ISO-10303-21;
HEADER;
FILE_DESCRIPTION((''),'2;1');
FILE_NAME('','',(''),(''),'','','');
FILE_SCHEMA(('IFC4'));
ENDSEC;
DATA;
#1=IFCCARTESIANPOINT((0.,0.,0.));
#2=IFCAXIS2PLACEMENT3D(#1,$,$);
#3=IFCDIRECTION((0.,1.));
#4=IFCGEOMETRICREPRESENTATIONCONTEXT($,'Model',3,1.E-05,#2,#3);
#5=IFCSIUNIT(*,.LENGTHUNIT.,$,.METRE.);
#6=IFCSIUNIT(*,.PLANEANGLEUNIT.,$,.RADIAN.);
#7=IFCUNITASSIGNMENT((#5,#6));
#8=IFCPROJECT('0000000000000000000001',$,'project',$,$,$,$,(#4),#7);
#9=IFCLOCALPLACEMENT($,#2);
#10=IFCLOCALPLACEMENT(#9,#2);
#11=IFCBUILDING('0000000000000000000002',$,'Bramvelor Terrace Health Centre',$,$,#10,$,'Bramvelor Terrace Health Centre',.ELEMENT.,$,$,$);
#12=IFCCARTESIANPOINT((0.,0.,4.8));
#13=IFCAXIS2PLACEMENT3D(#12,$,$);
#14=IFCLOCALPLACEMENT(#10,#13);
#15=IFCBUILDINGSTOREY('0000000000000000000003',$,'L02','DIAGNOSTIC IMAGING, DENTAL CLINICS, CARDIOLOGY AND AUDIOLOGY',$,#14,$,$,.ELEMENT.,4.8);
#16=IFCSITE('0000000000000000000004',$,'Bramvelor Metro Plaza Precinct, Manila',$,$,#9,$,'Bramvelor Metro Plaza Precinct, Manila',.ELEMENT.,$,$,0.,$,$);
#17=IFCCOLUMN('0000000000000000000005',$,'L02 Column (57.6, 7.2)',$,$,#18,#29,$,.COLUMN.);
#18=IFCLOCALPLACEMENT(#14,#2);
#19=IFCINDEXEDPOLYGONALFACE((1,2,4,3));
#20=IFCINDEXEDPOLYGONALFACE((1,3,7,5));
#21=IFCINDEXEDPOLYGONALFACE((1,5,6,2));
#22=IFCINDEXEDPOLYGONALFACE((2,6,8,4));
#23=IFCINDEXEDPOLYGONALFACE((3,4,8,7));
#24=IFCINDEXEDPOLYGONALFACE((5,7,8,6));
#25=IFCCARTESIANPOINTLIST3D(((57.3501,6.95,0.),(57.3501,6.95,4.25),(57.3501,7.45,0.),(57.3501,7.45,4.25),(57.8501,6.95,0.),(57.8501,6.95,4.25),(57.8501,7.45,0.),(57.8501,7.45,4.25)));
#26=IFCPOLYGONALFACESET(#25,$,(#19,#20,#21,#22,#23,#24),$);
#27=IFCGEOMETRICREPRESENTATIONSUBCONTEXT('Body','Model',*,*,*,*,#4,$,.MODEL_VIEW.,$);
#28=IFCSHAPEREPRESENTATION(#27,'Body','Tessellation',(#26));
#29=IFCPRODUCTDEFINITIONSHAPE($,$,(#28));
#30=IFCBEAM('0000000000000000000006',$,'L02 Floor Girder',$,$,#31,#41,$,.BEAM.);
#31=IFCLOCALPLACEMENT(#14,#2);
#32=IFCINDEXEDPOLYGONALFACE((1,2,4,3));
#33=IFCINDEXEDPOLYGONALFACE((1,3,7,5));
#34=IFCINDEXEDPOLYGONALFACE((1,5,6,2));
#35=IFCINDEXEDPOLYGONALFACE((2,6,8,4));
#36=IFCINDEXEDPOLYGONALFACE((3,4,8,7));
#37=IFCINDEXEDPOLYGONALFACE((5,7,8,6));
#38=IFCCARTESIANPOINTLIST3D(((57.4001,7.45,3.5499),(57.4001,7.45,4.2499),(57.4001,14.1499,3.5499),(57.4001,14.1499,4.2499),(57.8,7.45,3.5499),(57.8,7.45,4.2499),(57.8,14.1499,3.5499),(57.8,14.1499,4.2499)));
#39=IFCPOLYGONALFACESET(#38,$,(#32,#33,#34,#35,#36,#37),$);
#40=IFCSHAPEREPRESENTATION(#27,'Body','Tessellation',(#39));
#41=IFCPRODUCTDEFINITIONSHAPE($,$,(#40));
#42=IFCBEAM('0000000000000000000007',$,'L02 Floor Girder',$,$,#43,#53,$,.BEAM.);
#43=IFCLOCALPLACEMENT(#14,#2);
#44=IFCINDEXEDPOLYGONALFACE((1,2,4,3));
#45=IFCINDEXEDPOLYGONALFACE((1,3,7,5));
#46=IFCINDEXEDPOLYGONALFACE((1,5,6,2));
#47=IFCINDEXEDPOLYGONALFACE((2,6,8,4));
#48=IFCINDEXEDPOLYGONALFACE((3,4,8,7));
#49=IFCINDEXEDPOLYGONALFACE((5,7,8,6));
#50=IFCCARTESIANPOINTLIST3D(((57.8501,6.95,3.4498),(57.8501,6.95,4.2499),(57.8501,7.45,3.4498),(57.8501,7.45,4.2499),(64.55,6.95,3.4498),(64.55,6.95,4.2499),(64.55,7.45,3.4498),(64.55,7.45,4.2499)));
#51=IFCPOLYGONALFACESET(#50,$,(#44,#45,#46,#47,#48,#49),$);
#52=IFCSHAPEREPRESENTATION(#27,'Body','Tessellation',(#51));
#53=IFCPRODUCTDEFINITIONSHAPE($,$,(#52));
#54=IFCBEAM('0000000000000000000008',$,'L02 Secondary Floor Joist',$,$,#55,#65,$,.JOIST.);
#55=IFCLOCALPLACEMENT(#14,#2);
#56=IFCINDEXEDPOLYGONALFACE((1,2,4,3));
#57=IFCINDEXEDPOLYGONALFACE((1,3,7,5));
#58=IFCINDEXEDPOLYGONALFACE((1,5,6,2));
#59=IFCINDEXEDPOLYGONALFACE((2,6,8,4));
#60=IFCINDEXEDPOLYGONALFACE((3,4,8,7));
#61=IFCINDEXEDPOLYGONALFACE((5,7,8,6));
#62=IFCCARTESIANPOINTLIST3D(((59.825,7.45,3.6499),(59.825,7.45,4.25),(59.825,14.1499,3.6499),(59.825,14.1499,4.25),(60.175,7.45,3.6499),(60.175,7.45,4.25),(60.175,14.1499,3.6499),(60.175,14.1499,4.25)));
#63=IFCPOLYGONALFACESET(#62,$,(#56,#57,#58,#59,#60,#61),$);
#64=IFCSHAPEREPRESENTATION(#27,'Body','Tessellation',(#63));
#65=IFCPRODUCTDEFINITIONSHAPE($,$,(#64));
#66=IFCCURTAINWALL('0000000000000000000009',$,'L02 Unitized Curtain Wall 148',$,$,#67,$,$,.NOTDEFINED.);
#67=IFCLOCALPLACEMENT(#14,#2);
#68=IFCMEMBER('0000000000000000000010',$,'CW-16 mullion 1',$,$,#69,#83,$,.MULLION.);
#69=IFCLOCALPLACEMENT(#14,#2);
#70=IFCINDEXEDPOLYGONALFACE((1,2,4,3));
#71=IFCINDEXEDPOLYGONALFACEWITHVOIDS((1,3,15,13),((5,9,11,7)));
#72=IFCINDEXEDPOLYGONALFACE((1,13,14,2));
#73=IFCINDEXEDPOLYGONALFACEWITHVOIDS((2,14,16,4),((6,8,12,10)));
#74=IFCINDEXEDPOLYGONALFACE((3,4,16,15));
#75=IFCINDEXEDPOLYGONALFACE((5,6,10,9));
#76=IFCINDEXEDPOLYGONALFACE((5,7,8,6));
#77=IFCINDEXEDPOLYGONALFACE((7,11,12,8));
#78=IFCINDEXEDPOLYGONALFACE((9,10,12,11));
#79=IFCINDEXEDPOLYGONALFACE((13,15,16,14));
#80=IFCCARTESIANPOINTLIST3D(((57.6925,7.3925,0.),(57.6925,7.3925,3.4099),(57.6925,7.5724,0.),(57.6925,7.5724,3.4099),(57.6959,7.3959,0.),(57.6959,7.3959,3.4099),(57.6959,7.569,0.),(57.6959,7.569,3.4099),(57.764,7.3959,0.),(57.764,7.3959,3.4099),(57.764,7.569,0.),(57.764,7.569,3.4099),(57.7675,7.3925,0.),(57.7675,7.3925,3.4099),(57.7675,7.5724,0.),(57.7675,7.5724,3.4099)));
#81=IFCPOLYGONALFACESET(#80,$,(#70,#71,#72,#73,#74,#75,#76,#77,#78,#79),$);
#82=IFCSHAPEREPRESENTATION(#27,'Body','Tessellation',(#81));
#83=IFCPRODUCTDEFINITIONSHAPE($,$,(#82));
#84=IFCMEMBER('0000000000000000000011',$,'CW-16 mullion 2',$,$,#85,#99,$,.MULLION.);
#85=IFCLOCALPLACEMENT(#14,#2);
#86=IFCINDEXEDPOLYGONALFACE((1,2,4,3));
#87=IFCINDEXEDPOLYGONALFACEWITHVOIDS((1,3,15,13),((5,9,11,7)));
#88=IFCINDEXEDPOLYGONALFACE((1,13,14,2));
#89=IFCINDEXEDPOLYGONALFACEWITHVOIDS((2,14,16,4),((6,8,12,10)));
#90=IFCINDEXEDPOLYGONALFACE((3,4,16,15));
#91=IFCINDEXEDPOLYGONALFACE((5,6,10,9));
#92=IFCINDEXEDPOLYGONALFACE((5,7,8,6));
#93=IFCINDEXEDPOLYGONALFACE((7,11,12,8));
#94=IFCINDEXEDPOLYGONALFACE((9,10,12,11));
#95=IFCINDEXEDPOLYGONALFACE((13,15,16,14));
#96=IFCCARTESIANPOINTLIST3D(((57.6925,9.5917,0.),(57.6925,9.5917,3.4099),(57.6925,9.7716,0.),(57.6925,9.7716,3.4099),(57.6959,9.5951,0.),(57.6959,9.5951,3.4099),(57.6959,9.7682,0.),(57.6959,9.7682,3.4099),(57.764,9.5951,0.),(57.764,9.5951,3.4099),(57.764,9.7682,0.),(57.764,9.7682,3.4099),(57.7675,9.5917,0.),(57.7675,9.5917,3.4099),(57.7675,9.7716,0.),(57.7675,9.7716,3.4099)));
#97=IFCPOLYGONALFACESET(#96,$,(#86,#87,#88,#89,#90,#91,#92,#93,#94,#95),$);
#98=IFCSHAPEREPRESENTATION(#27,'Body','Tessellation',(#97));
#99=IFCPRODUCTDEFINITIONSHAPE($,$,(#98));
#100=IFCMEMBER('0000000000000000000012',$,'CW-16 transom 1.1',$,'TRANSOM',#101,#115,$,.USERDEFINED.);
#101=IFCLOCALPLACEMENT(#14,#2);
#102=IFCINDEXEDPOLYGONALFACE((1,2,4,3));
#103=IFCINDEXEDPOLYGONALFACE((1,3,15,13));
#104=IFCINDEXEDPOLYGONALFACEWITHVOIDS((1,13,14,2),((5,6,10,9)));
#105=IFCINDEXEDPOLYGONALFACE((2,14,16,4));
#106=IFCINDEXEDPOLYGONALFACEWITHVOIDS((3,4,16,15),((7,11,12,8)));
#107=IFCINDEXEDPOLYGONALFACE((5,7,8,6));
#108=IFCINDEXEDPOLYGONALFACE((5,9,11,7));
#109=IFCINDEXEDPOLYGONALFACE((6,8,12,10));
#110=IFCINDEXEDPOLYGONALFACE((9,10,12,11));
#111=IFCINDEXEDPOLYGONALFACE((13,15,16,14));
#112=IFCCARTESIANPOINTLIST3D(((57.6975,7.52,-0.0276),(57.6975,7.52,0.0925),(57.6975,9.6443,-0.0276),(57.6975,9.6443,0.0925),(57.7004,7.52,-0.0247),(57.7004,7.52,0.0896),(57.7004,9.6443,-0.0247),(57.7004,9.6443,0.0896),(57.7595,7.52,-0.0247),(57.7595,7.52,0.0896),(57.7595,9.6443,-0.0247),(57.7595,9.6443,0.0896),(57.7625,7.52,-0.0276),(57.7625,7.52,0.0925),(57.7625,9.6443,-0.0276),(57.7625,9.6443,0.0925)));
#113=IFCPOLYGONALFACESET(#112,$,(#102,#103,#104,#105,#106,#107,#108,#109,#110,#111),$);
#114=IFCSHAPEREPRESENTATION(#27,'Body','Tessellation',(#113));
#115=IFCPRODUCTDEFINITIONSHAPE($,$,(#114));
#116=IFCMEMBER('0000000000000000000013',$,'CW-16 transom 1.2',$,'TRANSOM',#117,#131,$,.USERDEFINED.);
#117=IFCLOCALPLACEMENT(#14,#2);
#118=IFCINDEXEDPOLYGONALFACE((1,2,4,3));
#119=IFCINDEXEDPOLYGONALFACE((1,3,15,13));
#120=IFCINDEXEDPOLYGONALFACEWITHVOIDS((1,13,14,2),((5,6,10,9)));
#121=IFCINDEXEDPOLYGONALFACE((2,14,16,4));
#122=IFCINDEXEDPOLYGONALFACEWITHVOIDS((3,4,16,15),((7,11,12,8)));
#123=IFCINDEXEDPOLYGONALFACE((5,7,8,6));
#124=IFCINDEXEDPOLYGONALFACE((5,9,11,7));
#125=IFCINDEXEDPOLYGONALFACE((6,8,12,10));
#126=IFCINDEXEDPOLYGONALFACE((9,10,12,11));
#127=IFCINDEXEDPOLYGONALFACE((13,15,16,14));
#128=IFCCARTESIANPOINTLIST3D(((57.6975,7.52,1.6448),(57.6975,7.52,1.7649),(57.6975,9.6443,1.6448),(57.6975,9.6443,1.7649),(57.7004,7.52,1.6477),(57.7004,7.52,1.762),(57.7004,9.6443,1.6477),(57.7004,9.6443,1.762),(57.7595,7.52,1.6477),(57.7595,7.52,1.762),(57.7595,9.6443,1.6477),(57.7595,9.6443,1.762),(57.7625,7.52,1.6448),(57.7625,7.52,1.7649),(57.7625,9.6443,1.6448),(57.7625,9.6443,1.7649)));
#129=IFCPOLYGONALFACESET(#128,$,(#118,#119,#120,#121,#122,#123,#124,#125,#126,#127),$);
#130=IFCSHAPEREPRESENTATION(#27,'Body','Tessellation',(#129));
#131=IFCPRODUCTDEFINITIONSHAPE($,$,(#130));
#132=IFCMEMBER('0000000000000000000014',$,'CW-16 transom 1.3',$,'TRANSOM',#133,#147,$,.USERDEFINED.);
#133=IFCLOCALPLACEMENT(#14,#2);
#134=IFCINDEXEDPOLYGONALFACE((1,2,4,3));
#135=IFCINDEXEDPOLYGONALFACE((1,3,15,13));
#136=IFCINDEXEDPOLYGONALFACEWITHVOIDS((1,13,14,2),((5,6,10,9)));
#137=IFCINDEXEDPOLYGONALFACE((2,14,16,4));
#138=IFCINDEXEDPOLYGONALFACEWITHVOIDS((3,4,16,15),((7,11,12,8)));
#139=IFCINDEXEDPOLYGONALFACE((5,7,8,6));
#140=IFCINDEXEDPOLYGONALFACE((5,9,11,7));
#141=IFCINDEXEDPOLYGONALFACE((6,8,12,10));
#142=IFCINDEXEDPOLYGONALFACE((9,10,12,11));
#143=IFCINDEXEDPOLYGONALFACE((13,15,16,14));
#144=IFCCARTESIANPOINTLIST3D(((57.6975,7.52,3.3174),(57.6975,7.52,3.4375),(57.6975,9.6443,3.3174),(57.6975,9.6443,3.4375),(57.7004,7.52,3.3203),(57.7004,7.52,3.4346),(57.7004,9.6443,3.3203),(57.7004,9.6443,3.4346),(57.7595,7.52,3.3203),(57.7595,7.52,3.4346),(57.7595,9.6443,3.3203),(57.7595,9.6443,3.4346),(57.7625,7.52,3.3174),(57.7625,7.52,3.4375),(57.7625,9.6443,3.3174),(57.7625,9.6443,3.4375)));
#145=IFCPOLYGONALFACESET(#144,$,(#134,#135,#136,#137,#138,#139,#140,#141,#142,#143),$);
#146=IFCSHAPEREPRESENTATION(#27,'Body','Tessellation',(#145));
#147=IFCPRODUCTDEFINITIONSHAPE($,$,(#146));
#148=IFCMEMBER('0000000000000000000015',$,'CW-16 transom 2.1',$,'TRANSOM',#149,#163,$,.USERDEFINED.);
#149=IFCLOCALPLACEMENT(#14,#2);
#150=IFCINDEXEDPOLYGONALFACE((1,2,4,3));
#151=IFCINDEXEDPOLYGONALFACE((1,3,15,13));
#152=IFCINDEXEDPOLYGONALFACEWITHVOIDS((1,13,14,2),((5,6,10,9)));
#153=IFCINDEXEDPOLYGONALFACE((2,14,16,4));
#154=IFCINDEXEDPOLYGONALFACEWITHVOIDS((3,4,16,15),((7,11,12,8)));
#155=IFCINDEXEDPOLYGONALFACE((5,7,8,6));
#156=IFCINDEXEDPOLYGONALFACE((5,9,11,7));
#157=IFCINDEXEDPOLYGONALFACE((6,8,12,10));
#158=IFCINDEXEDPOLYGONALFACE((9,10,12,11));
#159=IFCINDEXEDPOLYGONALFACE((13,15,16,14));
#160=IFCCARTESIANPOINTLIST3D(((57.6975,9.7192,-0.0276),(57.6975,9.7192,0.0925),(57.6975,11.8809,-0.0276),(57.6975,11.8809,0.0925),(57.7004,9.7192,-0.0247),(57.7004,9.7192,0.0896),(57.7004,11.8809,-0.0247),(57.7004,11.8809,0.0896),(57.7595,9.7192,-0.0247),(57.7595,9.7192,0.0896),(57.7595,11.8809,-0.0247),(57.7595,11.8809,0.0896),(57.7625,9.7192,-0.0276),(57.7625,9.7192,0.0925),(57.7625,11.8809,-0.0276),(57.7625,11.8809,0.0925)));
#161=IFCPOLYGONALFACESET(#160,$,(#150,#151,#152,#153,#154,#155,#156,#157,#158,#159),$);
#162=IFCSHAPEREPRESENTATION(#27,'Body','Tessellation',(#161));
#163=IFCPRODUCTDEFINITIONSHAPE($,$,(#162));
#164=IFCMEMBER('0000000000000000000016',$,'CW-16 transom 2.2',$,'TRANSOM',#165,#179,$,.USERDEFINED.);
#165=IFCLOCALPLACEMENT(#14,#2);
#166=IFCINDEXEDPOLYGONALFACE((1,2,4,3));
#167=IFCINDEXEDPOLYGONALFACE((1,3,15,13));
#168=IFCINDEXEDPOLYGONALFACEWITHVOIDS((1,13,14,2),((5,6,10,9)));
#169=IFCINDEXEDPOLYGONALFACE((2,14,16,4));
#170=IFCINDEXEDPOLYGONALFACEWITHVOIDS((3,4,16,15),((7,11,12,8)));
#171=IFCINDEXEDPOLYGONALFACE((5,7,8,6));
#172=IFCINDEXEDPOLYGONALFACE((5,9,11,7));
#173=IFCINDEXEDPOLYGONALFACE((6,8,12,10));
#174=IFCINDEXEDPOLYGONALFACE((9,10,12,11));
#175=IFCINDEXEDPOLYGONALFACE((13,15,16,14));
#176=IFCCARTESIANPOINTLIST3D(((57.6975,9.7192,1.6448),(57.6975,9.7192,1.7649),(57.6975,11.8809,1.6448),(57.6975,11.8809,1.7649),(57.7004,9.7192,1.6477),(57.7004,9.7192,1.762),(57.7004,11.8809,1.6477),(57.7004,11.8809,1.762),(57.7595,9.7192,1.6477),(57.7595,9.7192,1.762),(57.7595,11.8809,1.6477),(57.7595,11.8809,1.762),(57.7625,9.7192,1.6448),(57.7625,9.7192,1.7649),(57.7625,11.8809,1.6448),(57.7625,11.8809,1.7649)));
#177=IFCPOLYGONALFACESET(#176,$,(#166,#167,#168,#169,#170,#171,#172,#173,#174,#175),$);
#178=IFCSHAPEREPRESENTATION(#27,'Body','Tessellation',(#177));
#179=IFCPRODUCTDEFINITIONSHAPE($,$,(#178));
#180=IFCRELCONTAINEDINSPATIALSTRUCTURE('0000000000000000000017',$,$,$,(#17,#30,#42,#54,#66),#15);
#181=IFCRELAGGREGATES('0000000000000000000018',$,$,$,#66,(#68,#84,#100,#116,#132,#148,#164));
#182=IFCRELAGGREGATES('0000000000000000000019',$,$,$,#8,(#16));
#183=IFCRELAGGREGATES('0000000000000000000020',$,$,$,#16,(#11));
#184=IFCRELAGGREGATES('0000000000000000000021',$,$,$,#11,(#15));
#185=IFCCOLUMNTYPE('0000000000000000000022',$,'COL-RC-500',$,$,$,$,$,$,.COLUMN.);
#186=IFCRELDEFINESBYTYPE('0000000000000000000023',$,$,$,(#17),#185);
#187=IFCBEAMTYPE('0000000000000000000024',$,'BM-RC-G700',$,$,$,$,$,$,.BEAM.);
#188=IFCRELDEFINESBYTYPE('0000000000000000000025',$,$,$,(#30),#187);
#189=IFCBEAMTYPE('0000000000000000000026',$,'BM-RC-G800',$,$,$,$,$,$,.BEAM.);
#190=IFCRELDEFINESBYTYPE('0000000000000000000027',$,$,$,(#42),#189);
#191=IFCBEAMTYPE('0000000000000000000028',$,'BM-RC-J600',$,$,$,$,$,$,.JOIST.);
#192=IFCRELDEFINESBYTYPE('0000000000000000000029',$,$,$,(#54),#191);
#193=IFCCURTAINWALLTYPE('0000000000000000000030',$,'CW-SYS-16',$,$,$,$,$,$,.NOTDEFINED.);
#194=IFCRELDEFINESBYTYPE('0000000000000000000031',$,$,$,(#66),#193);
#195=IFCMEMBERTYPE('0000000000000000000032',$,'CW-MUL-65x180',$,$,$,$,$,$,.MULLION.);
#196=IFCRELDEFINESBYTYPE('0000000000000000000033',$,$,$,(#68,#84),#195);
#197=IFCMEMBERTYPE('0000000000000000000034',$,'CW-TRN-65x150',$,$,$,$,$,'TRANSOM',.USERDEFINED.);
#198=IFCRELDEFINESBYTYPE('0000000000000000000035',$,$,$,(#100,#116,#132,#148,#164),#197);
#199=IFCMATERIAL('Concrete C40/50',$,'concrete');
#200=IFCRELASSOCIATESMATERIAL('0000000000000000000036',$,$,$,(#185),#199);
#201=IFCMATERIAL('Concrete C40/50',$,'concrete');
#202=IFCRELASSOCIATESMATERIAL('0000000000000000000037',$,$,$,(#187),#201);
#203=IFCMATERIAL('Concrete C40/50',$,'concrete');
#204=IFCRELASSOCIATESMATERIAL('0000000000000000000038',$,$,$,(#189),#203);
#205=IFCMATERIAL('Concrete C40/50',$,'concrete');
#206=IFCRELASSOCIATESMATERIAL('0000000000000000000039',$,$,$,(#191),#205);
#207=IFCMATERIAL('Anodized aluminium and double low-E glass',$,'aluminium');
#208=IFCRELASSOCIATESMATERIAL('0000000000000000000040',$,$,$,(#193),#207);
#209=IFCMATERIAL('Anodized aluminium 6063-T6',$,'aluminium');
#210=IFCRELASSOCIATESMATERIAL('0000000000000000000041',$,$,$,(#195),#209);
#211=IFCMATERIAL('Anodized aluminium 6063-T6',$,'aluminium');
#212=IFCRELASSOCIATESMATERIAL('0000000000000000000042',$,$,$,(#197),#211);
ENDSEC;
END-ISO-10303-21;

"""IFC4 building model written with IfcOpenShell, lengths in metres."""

from ifc_helpers import new_model, si_unit, direction, frame, origin, origin_2d, place, context, subcontext, project, spatial, rectangle, hollow_rectangle, extrude, material, material_profile, profile_set, type_object, element, aggregate, save


model = new_model("IFC4")

# Units and contexts
model_context = context("Model", 3, precision=1e-05, world=origin(), true_north=direction((0.0, 1.0)))
body_context = subcontext(model_context, "Body", "Model", "MODEL_VIEW")
ifc_project = project(units=[si_unit("LENGTHUNIT", "METRE"), si_unit("PLANEANGLEUNIT", "RADIAN")], contexts=[model_context])

# Site, building, storey
site_placement = place(None, origin())
site = spatial("IfcSite", under=ifc_project, at=site_placement, Name="Bramvelor Metro Plaza Precinct, Manila", LongName="Bramvelor Metro Plaza Precinct, Manila", CompositionType="ELEMENT", RefElevation=0.0)
building_placement = place(site_placement, origin())
building = spatial("IfcBuilding", under=site, at=building_placement, Name="Bramvelor Terrace Health Centre", LongName="Bramvelor Terrace Health Centre", CompositionType="ELEMENT")
storey_placement = place(building_placement, frame((0.0, 0.0, 4.8)))
storey = spatial("IfcBuildingStorey", under=building, at=storey_placement, Name="L02", Description="DIAGNOSTIC IMAGING, DENTAL CLINICS, CARDIOLOGY AND AUDIOLOGY", CompositionType="ELEMENT", Elevation=4.8)

# Column
ifc_material_1 = material(Name="Concrete C40/50", Category="concrete")
ifc_material_profile_1 = material_profile(ifc_material_1, rectangle(XDim=0.5, YDim=0.5, at=origin_2d()), Name="RC 500x500")
ifc_profile_set_1 = profile_set([ifc_material_profile_1], Name="Concrete C40/50")
column_type = type_object("IfcColumnType", Name="COL-RC-500", PredefinedType="COLUMN", material=ifc_profile_set_1)
column_placement = place(storey_placement, frame((57.6001, 7.2, 0.0), z_axis=(0.0, 0.0, 1.0), x_axis=(1.0, 0.0, 0.0)))
element("IfcColumn", 1, at=column_placement, inside=storey, type_object=column_type, Name="L02 Column (57.6, 7.2)", PredefinedType="COLUMN", context=body_context, shape_type="SweptSolid", body=[
    extrude(rectangle(XDim=0.5, YDim=0.5, at=origin_2d()), origin(), (0.0, 0.0, 1.0), 4.25),
])

# Beams
ifc_material_2 = material(Name="Concrete C40/50", Category="concrete")
ifc_material_profile_2 = material_profile(ifc_material_2, rectangle(XDim=0.3999, YDim=0.7, at=origin_2d()), Name="RC 400x700")
ifc_profile_set_2 = profile_set([ifc_material_profile_2], Name="Concrete C40/50")
beam_type_1 = type_object("IfcBeamType", Name="BM-RC-G700", PredefinedType="BEAM", material=ifc_profile_set_2)
beam_1_placement = place(storey_placement, frame((57.6001, 7.45, 3.8999), z_axis=(0.0, 1.0, 0.0), x_axis=(-1.0, 0.0, 0.0)))
element("IfcBeam", 2, at=beam_1_placement, inside=storey, type_object=beam_type_1, Name="L02 Floor Girder", PredefinedType="BEAM", context=body_context, shape_type="SweptSolid", body=[
    extrude(rectangle(XDim=0.3999, YDim=0.7, at=origin_2d()), origin(), (0.0, 0.0, 1.0), 6.7),
])
ifc_material_3 = material(Name="Concrete C40/50", Category="concrete")
ifc_material_profile_3 = material_profile(ifc_material_3, rectangle(XDim=0.5, YDim=0.8, at=origin_2d()), Name="RC 500x800")
ifc_profile_set_3 = profile_set([ifc_material_profile_3], Name="Concrete C40/50")
beam_type_2 = type_object("IfcBeamType", Name="BM-RC-G800", PredefinedType="BEAM", material=ifc_profile_set_3)
beam_2_placement = place(storey_placement, frame((57.8501, 7.2, 3.8499), z_axis=(1.0, 0.0, 0.0), x_axis=(0.0, 1.0, 0.0)))
element("IfcBeam", 3, at=beam_2_placement, inside=storey, type_object=beam_type_2, Name="L02 Floor Girder", PredefinedType="BEAM", context=body_context, shape_type="SweptSolid", body=[
    extrude(rectangle(XDim=0.5, YDim=0.8, at=origin_2d()), origin(), (0.0, 0.0, 1.0), 6.7),
])
ifc_material_4 = material(Name="Concrete C40/50", Category="concrete")
ifc_material_profile_4 = material_profile(ifc_material_4, rectangle(XDim=0.3501, YDim=0.6001, at=origin_2d()), Name="RC 350x600")
ifc_profile_set_4 = profile_set([ifc_material_profile_4], Name="Concrete C40/50")
beam_type_3 = type_object("IfcBeamType", Name="BM-RC-J600", PredefinedType="JOIST", material=ifc_profile_set_4)
beam_3_placement = place(storey_placement, frame((60.0, 7.45, 3.95), z_axis=(0.0, 1.0, 0.0), x_axis=(-1.0, 0.0, 0.0)))
element("IfcBeam", 4, at=beam_3_placement, inside=storey, type_object=beam_type_3, Name="L02 Secondary Floor Joist", PredefinedType="JOIST", context=body_context, shape_type="SweptSolid", body=[
    extrude(rectangle(XDim=0.3501, YDim=0.6001, at=origin_2d()), origin(), (0.0, 0.0, 1.0), 6.7),
])

# Curtain wall, members
ifc_material_5 = material(Name="Anodized aluminium and double low-E glass", Category="aluminium")
curtain_wall_type = type_object("IfcCurtainWallType", Name="CW-SYS-16", PredefinedType="NOTDEFINED", material=ifc_material_5)
curtain_wall_placement = place(storey_placement, origin())
curtain_wall = element("IfcCurtainWall", 5, at=curtain_wall_placement, inside=storey, type_object=curtain_wall_type, Name="L02 Unitized Curtain Wall 148", PredefinedType="NOTDEFINED")
ifc_material_6 = material(Name="Anodized aluminium 6063-T6", Category="aluminium")
ifc_material_profile_5 = material_profile(ifc_material_6, hollow_rectangle(XDim=0.075, YDim=0.1799, WallThickness=0.0034, at=origin_2d()), Name="ALU-MUL 75x180x3.5")
ifc_profile_set_5 = profile_set([ifc_material_profile_5], Name="Anodized aluminium 6063-T6")
member_type_1 = type_object("IfcMemberType", Name="CW-MUL-65x180", PredefinedType="MULLION", material=ifc_profile_set_5)
member_1_placement = place(storey_placement, frame((57.73, 7.4824, 0.0), z_axis=(0.0, 0.0, 1.0), x_axis=(-1.0, 0.0, 0.0)))
member_1 = element("IfcMember", 6, at=member_1_placement, type_object=member_type_1, Name="CW-16 mullion 1", PredefinedType="MULLION", context=body_context, shape_type="SweptSolid", body=[
    extrude(hollow_rectangle(XDim=0.075, YDim=0.1799, WallThickness=0.0034, at=origin_2d()), origin(), (0.0, 0.0, 1.0), 3.4099),
])
member_2_placement = place(storey_placement, frame((57.73, 9.6816, 0.0), z_axis=(0.0, 0.0, 1.0), x_axis=(-1.0, 0.0, 0.0)))
member_2 = element("IfcMember", 7, at=member_2_placement, type_object=member_type_1, Name="CW-16 mullion 2", PredefinedType="MULLION", context=body_context, shape_type="SweptSolid", body=[
    extrude(hollow_rectangle(XDim=0.075, YDim=0.1799, WallThickness=0.0034, at=origin_2d()), origin(), (0.0, 0.0, 1.0), 3.4099),
])
ifc_material_7 = material(Name="Anodized aluminium 6063-T6", Category="aluminium")
ifc_material_profile_6 = material_profile(ifc_material_7, hollow_rectangle(XDim=0.0649, YDim=0.1201, WallThickness=0.0029, at=origin_2d()), Name="ALU-TRN 65x120x3.0")
ifc_profile_set_6 = profile_set([ifc_material_profile_6], Name="Anodized aluminium 6063-T6")
member_type_2 = type_object("IfcMemberType", Name="CW-TRN-65x150", ElementType="TRANSOM", PredefinedType="USERDEFINED", material=ifc_profile_set_6)
member_3_placement = place(storey_placement, frame((57.73, 7.52, 0.0325), z_axis=(0.0, 1.0, 0.0), x_axis=(-1.0, 0.0, 0.0)))
member_3 = element("IfcMember", 8, at=member_3_placement, type_object=member_type_2, Name="CW-16 transom 1.1", ObjectType="TRANSOM", PredefinedType="USERDEFINED", context=body_context, shape_type="SweptSolid", body=[
    extrude(hollow_rectangle(XDim=0.0649, YDim=0.1201, WallThickness=0.0029, at=origin_2d()), origin(), (0.0, 0.0, 1.0), 2.1243),
])
member_4_placement = place(storey_placement, frame((57.73, 7.52, 1.7048), z_axis=(0.0, 1.0, 0.0), x_axis=(-1.0, 0.0, 0.0)))
member_4 = element("IfcMember", 9, at=member_4_placement, type_object=member_type_2, Name="CW-16 transom 1.2", ObjectType="TRANSOM", PredefinedType="USERDEFINED", context=body_context, shape_type="SweptSolid", body=[
    extrude(hollow_rectangle(XDim=0.0649, YDim=0.1201, WallThickness=0.0029, at=origin_2d()), origin(), (0.0, 0.0, 1.0), 2.1243),
])
member_5_placement = place(storey_placement, frame((57.73, 7.52, 3.3774), z_axis=(0.0, 1.0, 0.0), x_axis=(-1.0, 0.0, 0.0)))
member_5 = element("IfcMember", 10, at=member_5_placement, type_object=member_type_2, Name="CW-16 transom 1.3", ObjectType="TRANSOM", PredefinedType="USERDEFINED", context=body_context, shape_type="SweptSolid", body=[
    extrude(hollow_rectangle(XDim=0.0649, YDim=0.1201, WallThickness=0.0029, at=origin_2d()), origin(), (0.0, 0.0, 1.0), 2.1243),
])
member_6_placement = place(storey_placement, frame((57.73, 9.7192, 0.0325), z_axis=(0.0, 1.0, 0.0), x_axis=(-1.0, 0.0, 0.0)))
member_6 = element("IfcMember", 11, at=member_6_placement, type_object=member_type_2, Name="CW-16 transom 2.1", ObjectType="TRANSOM", PredefinedType="USERDEFINED", context=body_context, shape_type="SweptSolid", body=[
    extrude(hollow_rectangle(XDim=0.0649, YDim=0.1201, WallThickness=0.0029, at=origin_2d()), origin(), (0.0, 0.0, 1.0), 2.1616),
])
member_7_placement = place(storey_placement, frame((57.73, 9.7192, 1.7048), z_axis=(0.0, 1.0, 0.0), x_axis=(-1.0, 0.0, 0.0)))
member_7 = element("IfcMember", 12, at=member_7_placement, type_object=member_type_2, Name="CW-16 transom 2.2", ObjectType="TRANSOM", PredefinedType="USERDEFINED", context=body_context, shape_type="SweptSolid", body=[
    extrude(hollow_rectangle(XDim=0.0649, YDim=0.1201, WallThickness=0.0029, at=origin_2d()), origin(), (0.0, 0.0, 1.0), 2.1616),
])
aggregate(curtain_wall, [member_1, member_2, member_3, member_4, member_5, member_6, member_7])

save(model, "model.ifc")
